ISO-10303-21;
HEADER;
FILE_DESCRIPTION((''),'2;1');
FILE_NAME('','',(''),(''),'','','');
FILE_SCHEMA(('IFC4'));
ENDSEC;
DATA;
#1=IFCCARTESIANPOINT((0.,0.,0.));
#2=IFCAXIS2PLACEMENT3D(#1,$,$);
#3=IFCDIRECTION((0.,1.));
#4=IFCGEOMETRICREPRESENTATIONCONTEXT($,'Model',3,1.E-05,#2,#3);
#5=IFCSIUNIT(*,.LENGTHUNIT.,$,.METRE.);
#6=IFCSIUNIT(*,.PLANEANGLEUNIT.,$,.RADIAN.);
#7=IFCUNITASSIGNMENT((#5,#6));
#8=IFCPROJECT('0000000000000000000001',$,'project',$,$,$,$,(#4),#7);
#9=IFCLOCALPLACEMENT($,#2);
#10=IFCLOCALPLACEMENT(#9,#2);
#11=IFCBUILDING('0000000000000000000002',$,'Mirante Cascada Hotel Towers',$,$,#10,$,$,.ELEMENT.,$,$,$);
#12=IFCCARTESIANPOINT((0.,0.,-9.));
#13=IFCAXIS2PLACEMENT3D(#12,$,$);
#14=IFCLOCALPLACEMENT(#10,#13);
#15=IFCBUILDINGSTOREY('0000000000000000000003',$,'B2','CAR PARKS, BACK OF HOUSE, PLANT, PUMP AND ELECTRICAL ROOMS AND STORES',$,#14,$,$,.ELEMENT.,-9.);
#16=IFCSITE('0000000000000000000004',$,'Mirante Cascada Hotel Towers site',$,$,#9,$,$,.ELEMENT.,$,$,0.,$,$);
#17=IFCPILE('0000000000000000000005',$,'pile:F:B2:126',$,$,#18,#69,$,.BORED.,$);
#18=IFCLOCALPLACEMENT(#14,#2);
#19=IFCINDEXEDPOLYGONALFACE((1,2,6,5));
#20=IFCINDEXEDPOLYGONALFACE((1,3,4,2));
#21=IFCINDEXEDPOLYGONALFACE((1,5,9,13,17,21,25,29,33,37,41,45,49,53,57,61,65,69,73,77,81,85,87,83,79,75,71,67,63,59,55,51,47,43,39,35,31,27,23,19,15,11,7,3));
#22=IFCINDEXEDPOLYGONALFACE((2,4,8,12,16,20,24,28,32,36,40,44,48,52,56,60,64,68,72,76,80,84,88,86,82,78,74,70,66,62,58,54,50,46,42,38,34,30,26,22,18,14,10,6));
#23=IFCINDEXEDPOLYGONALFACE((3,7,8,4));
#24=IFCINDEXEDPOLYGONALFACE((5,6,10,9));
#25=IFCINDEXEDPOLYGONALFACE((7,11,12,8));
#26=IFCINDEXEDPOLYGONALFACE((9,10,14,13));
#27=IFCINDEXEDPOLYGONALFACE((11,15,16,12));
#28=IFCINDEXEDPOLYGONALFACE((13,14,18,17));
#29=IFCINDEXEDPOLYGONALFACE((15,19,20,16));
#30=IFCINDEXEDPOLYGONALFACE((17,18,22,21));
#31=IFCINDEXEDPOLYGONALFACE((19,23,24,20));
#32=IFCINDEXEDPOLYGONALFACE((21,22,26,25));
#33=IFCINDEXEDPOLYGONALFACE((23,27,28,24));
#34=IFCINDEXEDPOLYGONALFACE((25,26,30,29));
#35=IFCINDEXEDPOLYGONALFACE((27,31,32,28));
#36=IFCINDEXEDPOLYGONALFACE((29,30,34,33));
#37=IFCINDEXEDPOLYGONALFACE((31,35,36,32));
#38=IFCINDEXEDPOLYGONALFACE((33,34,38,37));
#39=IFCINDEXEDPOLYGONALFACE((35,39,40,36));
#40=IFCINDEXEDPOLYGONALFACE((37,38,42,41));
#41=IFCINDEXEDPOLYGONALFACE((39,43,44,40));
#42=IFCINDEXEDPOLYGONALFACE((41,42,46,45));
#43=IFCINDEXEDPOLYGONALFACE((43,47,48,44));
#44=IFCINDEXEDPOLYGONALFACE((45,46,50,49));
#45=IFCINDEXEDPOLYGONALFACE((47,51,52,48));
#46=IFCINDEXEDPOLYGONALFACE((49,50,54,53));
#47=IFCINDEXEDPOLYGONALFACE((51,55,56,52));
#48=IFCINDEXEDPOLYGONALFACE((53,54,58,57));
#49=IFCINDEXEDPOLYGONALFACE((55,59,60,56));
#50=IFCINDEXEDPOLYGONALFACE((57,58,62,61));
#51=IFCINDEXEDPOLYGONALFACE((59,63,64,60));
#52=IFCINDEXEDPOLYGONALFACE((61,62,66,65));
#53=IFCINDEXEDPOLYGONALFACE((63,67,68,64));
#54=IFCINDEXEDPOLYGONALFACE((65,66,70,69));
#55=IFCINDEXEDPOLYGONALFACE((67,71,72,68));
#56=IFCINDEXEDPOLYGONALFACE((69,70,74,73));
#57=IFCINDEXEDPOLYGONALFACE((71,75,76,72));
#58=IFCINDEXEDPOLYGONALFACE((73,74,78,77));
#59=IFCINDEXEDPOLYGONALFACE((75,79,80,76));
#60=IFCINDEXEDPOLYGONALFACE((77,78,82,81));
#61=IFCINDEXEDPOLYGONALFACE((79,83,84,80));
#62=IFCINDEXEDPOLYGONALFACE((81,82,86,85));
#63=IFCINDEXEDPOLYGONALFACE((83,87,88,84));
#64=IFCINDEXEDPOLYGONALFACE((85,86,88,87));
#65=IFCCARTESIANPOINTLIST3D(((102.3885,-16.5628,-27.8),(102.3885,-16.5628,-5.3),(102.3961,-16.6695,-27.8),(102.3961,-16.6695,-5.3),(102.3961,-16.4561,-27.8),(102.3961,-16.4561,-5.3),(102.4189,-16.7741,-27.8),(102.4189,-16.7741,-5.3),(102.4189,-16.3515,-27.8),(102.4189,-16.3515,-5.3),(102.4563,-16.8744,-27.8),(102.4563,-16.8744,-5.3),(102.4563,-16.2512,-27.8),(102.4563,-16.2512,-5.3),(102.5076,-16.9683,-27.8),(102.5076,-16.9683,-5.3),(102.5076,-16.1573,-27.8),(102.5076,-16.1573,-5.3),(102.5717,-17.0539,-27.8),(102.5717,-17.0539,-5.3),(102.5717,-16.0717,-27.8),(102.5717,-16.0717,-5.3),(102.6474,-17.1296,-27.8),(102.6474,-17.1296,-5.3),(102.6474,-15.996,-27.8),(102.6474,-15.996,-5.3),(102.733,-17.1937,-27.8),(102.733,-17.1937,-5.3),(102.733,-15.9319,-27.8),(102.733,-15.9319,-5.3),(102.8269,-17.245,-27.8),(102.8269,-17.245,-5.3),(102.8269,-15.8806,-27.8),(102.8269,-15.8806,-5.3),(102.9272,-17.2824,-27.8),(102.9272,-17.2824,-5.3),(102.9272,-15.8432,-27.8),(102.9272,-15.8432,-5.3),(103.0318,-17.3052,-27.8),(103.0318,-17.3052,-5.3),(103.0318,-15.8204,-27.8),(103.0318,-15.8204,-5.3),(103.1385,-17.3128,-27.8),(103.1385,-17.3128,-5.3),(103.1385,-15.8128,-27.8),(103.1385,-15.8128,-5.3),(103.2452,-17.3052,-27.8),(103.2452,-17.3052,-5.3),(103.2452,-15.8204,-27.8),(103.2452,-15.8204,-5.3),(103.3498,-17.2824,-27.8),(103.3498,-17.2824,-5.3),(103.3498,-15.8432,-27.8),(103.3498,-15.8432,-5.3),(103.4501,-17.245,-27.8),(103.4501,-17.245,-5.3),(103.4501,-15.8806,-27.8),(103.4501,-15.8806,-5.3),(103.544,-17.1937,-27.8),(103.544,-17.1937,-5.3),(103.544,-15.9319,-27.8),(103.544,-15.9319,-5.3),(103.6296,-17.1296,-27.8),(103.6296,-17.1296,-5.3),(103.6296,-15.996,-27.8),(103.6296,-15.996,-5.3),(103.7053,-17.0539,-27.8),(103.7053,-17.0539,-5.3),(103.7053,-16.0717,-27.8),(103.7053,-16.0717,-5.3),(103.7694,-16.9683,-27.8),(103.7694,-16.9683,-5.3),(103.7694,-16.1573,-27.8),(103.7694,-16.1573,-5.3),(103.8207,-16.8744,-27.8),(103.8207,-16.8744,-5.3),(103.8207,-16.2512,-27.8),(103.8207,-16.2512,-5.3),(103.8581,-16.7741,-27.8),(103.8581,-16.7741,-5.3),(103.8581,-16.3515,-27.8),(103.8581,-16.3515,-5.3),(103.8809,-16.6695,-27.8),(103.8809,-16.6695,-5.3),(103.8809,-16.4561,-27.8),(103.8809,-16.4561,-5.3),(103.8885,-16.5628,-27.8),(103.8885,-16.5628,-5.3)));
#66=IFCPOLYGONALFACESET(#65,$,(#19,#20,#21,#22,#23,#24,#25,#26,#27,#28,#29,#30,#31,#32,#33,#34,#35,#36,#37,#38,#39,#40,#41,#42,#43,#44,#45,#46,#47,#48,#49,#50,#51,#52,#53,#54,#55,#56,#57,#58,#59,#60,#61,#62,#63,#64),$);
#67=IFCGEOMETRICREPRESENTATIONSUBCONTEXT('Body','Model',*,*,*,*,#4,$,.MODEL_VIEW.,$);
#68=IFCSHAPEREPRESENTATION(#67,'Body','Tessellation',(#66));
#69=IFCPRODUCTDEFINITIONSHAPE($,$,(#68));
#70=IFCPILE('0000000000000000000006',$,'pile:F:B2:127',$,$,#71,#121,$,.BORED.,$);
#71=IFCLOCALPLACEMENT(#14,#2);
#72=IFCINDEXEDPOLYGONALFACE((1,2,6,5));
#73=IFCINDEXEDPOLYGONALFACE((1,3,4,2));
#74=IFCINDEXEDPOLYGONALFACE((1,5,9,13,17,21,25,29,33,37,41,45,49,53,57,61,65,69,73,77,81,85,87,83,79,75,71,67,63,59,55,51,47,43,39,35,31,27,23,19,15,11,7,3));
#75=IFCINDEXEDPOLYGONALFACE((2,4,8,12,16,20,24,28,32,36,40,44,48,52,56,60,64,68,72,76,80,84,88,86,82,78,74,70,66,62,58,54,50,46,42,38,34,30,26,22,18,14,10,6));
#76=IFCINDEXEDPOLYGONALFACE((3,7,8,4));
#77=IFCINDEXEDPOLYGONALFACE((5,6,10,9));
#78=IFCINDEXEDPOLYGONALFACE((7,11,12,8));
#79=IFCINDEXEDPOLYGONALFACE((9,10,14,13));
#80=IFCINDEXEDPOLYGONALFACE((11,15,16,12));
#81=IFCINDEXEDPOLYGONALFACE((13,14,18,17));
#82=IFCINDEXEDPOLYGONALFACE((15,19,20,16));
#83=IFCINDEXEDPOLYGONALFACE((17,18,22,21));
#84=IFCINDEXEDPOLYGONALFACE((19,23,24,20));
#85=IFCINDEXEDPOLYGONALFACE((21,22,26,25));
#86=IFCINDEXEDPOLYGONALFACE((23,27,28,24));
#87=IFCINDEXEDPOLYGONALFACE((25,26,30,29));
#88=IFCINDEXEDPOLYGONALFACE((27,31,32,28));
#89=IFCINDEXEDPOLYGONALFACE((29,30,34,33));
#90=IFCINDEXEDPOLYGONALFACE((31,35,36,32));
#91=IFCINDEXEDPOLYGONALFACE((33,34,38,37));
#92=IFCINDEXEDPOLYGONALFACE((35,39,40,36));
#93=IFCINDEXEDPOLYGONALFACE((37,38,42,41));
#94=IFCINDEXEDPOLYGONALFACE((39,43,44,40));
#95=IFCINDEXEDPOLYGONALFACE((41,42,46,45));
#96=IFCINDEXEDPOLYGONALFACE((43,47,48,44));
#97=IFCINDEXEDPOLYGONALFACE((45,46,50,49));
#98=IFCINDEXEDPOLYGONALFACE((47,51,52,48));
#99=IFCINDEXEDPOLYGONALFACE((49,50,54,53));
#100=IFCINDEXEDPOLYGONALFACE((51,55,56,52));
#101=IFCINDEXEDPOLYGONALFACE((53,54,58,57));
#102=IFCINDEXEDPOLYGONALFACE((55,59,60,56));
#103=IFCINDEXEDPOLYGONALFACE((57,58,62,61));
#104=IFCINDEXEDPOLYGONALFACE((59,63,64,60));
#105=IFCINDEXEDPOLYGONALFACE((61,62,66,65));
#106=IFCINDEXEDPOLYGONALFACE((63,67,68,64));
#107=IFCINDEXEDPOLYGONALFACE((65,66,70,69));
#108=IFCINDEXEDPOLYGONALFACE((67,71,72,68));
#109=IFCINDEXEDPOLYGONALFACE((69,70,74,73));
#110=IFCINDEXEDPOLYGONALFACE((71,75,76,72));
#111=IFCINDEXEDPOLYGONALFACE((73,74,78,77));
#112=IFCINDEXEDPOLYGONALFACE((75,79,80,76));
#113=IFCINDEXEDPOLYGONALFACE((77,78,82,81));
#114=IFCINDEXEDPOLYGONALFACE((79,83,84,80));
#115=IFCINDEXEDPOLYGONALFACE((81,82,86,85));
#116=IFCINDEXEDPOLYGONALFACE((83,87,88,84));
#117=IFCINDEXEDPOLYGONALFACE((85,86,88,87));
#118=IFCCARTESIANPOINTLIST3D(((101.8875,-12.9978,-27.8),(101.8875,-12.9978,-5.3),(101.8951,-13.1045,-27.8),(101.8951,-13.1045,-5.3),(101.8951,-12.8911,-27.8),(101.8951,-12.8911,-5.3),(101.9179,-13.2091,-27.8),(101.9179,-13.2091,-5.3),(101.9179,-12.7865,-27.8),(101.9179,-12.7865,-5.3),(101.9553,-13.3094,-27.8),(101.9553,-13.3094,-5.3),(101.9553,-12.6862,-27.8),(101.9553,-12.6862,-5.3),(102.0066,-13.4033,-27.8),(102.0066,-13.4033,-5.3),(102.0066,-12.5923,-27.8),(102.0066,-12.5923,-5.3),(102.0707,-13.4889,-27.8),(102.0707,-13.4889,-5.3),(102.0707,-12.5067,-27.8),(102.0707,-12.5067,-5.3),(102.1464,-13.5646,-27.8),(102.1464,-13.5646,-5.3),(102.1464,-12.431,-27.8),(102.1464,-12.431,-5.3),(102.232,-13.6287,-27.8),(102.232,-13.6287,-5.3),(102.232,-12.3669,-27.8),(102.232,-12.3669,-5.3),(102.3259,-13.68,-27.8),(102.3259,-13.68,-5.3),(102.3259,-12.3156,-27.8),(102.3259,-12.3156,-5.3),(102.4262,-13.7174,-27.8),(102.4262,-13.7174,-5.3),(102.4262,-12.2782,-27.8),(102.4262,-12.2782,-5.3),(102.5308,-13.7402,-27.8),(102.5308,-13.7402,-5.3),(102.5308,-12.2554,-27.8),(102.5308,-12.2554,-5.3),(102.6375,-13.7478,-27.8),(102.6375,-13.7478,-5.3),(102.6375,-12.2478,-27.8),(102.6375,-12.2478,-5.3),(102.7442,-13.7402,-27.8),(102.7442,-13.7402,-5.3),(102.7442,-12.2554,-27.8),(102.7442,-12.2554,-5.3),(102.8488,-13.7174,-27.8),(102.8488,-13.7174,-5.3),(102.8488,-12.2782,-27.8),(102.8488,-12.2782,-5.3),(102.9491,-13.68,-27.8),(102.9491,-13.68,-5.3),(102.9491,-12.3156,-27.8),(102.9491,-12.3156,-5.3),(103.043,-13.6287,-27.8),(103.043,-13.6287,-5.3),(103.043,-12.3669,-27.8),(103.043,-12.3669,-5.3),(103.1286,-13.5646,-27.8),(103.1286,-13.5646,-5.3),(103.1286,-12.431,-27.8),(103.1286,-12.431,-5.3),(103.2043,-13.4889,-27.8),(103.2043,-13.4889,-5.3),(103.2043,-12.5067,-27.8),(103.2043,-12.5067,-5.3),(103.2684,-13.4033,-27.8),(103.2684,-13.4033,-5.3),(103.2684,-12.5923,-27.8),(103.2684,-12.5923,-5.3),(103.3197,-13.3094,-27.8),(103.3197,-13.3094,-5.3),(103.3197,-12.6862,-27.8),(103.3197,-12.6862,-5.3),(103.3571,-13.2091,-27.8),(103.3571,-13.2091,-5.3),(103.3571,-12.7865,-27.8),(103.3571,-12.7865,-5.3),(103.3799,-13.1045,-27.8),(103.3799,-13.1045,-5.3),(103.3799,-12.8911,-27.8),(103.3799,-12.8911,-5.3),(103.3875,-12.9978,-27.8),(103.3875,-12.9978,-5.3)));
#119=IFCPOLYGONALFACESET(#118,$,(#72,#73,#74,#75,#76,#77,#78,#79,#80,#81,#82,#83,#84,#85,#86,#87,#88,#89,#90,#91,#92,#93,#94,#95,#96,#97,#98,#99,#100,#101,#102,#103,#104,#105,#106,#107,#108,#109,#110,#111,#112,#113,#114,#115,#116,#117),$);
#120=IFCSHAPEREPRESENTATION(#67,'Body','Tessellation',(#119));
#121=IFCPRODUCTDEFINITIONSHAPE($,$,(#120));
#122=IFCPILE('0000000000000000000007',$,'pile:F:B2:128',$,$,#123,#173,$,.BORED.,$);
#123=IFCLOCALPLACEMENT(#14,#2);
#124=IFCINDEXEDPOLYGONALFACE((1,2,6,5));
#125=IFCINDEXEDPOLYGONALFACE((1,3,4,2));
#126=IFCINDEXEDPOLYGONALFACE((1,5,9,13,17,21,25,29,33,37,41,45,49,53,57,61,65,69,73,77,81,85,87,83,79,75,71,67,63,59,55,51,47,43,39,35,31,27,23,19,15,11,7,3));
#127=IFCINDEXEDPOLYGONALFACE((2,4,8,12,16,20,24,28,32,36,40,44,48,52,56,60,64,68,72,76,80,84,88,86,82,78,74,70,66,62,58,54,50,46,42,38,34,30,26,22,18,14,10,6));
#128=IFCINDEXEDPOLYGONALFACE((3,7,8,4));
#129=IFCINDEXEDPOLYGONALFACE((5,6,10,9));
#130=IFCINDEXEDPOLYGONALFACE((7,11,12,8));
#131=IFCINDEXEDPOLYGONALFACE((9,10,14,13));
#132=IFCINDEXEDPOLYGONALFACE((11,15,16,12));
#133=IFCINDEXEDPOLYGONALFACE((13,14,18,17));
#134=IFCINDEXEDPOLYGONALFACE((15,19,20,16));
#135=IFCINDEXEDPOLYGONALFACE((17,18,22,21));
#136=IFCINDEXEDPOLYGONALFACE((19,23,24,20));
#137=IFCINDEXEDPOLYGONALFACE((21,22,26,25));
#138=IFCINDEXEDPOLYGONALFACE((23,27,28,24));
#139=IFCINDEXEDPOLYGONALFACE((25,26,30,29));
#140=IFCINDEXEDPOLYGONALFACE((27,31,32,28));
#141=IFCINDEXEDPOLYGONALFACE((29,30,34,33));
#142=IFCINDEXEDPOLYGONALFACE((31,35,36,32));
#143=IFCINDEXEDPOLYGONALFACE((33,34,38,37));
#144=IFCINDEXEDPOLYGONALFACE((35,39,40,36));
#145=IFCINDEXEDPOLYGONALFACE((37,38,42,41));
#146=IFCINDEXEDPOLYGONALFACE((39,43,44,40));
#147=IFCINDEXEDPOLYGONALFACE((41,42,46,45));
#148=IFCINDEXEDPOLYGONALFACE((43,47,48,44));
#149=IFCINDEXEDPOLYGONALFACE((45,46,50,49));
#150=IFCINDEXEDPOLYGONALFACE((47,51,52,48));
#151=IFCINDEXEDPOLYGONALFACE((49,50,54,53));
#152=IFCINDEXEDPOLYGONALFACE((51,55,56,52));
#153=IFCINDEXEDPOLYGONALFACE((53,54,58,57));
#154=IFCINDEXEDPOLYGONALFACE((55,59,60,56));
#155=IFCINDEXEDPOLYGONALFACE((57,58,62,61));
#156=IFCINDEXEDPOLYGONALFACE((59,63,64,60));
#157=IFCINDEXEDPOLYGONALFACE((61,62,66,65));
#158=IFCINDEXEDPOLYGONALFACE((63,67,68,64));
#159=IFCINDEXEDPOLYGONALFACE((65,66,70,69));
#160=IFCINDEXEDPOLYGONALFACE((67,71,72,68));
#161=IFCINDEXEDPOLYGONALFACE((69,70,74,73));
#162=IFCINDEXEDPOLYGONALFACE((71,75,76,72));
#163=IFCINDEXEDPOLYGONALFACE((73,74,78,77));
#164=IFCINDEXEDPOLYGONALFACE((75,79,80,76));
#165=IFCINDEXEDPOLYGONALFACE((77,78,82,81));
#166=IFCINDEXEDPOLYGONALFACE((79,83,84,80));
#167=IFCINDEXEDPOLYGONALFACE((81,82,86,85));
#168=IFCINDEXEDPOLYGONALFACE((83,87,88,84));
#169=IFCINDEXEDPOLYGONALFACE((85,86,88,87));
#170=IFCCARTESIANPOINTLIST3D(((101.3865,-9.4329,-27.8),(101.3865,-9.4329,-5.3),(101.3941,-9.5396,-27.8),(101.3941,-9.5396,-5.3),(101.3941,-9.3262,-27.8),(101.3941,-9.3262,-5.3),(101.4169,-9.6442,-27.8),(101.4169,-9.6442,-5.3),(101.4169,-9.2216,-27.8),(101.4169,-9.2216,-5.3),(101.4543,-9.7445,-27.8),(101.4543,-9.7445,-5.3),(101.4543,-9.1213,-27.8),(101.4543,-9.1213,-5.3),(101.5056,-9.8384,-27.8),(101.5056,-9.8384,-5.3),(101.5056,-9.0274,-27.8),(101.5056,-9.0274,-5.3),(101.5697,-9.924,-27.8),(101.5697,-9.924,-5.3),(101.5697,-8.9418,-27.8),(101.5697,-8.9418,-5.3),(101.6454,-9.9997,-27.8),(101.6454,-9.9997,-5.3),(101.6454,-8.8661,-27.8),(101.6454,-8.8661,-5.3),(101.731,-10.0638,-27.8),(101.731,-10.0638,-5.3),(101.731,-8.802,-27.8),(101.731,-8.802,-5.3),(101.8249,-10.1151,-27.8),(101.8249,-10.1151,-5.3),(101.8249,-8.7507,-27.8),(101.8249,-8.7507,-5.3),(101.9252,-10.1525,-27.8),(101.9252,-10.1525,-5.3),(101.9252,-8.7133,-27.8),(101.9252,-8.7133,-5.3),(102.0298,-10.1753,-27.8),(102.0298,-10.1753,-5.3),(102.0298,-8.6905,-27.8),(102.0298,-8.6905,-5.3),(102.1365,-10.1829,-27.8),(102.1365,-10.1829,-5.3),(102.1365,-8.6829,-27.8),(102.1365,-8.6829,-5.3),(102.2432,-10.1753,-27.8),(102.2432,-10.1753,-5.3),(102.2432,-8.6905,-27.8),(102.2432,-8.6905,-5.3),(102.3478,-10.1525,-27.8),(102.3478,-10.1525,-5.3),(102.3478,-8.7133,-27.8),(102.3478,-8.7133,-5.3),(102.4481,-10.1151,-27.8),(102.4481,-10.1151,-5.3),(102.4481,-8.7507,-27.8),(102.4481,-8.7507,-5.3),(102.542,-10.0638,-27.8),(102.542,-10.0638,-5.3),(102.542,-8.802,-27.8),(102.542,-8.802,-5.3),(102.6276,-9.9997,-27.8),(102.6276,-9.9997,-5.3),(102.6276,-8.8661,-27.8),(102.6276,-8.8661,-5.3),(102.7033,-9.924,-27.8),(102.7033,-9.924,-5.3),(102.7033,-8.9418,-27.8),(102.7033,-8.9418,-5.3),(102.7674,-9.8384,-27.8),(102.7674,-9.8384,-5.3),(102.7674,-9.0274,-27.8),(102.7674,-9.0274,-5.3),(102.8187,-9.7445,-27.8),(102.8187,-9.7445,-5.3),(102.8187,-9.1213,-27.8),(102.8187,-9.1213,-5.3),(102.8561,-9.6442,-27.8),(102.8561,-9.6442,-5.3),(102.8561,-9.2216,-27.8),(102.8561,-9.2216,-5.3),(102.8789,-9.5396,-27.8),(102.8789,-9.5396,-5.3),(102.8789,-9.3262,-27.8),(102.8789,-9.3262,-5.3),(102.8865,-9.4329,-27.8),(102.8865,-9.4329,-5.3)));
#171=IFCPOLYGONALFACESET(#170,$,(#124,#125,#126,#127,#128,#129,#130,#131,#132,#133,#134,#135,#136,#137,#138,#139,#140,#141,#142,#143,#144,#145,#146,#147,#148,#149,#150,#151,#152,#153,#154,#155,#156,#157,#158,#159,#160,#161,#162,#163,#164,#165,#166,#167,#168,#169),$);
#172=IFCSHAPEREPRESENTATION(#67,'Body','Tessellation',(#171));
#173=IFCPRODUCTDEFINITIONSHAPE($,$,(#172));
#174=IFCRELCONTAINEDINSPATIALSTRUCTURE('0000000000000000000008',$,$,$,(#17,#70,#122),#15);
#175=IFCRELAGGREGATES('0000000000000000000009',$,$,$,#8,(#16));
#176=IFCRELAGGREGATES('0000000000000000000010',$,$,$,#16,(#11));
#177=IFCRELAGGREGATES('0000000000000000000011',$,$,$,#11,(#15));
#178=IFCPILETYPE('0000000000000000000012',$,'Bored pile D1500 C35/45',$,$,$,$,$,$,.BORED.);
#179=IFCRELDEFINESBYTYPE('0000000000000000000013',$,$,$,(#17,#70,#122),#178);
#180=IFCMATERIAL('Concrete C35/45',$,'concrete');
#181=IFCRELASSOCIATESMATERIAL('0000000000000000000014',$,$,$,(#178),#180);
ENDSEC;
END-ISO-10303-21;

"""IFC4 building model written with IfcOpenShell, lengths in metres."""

from ifc_helpers import new_model, si_unit, direction, frame, origin, origin_2d, place, context, subcontext, project, spatial, circle, extrude, material, material_profile, profile_set, type_object, element, save


model = new_model("IFC4")

# Units and contexts
model_context = context("Model", 3, precision=1e-05, world=origin(), true_north=direction((0.0, 1.0)))
body_context = subcontext(model_context, "Body", "Model", "MODEL_VIEW")
ifc_project = project(units=[si_unit("LENGTHUNIT", "METRE"), si_unit("PLANEANGLEUNIT", "RADIAN")], contexts=[model_context])

# Site, building, storey
site_placement = place(None, origin())
site = spatial("IfcSite", under=ifc_project, at=site_placement, Name="Mirante Cascada Hotel Towers site", CompositionType="ELEMENT", RefElevation=0.0)
building_placement = place(site_placement, origin())
building = spatial("IfcBuilding", under=site, at=building_placement, Name="Mirante Cascada Hotel Towers", CompositionType="ELEMENT")
storey_placement = place(building_placement, frame((0.0, 0.0, -9.0)))
storey = spatial("IfcBuildingStorey", under=building, at=storey_placement, Name="B2", Description="CAR PARKS, BACK OF HOUSE, PLANT, PUMP AND ELECTRICAL ROOMS AND STORES", CompositionType="ELEMENT", Elevation=-9.0)

# Piles
ifc_material_1 = material(Name="Concrete C35/45", Category="concrete")
ifc_material_profile_1 = material_profile(ifc_material_1, circle(Radius=0.75, at=origin_2d()), Name="RC D1500")
ifc_profile_set_1 = profile_set([ifc_material_profile_1], Name="Concrete C35/45")
pile_type = type_object("IfcPileType", Name="Bored pile D1500 C35/45", PredefinedType="BORED", material=ifc_profile_set_1)
for number, where, z_axis, x_axis, name in (
    (1, (103.1385, -16.5628, -5.3), (0.0, 0.0, -1.0), (1.0, 0.0, 0.0), "pile:F:B2:126"),
    (2, (102.6375, -12.9978, -5.3), (0.0, 0.0, -1.0), (1.0, 0.0, 0.0), "pile:F:B2:127"),
    (3, (102.1365, -9.4329, -5.3), (0.0, 0.0, -1.0), (1.0, 0.0, 0.0), "pile:F:B2:128"),
):
    element("IfcPile", number, at=place(storey_placement, frame(where, z_axis=z_axis, x_axis=x_axis)), inside=storey, type_object=pile_type, Name=name, PredefinedType="BORED", context=body_context, shape_type="SweptSolid", body=[
        extrude(circle(Radius=0.75, at=origin_2d()), origin(), (0.0, 0.0, 1.0), 22.5),
    ])

save(model, "model.ifc")
